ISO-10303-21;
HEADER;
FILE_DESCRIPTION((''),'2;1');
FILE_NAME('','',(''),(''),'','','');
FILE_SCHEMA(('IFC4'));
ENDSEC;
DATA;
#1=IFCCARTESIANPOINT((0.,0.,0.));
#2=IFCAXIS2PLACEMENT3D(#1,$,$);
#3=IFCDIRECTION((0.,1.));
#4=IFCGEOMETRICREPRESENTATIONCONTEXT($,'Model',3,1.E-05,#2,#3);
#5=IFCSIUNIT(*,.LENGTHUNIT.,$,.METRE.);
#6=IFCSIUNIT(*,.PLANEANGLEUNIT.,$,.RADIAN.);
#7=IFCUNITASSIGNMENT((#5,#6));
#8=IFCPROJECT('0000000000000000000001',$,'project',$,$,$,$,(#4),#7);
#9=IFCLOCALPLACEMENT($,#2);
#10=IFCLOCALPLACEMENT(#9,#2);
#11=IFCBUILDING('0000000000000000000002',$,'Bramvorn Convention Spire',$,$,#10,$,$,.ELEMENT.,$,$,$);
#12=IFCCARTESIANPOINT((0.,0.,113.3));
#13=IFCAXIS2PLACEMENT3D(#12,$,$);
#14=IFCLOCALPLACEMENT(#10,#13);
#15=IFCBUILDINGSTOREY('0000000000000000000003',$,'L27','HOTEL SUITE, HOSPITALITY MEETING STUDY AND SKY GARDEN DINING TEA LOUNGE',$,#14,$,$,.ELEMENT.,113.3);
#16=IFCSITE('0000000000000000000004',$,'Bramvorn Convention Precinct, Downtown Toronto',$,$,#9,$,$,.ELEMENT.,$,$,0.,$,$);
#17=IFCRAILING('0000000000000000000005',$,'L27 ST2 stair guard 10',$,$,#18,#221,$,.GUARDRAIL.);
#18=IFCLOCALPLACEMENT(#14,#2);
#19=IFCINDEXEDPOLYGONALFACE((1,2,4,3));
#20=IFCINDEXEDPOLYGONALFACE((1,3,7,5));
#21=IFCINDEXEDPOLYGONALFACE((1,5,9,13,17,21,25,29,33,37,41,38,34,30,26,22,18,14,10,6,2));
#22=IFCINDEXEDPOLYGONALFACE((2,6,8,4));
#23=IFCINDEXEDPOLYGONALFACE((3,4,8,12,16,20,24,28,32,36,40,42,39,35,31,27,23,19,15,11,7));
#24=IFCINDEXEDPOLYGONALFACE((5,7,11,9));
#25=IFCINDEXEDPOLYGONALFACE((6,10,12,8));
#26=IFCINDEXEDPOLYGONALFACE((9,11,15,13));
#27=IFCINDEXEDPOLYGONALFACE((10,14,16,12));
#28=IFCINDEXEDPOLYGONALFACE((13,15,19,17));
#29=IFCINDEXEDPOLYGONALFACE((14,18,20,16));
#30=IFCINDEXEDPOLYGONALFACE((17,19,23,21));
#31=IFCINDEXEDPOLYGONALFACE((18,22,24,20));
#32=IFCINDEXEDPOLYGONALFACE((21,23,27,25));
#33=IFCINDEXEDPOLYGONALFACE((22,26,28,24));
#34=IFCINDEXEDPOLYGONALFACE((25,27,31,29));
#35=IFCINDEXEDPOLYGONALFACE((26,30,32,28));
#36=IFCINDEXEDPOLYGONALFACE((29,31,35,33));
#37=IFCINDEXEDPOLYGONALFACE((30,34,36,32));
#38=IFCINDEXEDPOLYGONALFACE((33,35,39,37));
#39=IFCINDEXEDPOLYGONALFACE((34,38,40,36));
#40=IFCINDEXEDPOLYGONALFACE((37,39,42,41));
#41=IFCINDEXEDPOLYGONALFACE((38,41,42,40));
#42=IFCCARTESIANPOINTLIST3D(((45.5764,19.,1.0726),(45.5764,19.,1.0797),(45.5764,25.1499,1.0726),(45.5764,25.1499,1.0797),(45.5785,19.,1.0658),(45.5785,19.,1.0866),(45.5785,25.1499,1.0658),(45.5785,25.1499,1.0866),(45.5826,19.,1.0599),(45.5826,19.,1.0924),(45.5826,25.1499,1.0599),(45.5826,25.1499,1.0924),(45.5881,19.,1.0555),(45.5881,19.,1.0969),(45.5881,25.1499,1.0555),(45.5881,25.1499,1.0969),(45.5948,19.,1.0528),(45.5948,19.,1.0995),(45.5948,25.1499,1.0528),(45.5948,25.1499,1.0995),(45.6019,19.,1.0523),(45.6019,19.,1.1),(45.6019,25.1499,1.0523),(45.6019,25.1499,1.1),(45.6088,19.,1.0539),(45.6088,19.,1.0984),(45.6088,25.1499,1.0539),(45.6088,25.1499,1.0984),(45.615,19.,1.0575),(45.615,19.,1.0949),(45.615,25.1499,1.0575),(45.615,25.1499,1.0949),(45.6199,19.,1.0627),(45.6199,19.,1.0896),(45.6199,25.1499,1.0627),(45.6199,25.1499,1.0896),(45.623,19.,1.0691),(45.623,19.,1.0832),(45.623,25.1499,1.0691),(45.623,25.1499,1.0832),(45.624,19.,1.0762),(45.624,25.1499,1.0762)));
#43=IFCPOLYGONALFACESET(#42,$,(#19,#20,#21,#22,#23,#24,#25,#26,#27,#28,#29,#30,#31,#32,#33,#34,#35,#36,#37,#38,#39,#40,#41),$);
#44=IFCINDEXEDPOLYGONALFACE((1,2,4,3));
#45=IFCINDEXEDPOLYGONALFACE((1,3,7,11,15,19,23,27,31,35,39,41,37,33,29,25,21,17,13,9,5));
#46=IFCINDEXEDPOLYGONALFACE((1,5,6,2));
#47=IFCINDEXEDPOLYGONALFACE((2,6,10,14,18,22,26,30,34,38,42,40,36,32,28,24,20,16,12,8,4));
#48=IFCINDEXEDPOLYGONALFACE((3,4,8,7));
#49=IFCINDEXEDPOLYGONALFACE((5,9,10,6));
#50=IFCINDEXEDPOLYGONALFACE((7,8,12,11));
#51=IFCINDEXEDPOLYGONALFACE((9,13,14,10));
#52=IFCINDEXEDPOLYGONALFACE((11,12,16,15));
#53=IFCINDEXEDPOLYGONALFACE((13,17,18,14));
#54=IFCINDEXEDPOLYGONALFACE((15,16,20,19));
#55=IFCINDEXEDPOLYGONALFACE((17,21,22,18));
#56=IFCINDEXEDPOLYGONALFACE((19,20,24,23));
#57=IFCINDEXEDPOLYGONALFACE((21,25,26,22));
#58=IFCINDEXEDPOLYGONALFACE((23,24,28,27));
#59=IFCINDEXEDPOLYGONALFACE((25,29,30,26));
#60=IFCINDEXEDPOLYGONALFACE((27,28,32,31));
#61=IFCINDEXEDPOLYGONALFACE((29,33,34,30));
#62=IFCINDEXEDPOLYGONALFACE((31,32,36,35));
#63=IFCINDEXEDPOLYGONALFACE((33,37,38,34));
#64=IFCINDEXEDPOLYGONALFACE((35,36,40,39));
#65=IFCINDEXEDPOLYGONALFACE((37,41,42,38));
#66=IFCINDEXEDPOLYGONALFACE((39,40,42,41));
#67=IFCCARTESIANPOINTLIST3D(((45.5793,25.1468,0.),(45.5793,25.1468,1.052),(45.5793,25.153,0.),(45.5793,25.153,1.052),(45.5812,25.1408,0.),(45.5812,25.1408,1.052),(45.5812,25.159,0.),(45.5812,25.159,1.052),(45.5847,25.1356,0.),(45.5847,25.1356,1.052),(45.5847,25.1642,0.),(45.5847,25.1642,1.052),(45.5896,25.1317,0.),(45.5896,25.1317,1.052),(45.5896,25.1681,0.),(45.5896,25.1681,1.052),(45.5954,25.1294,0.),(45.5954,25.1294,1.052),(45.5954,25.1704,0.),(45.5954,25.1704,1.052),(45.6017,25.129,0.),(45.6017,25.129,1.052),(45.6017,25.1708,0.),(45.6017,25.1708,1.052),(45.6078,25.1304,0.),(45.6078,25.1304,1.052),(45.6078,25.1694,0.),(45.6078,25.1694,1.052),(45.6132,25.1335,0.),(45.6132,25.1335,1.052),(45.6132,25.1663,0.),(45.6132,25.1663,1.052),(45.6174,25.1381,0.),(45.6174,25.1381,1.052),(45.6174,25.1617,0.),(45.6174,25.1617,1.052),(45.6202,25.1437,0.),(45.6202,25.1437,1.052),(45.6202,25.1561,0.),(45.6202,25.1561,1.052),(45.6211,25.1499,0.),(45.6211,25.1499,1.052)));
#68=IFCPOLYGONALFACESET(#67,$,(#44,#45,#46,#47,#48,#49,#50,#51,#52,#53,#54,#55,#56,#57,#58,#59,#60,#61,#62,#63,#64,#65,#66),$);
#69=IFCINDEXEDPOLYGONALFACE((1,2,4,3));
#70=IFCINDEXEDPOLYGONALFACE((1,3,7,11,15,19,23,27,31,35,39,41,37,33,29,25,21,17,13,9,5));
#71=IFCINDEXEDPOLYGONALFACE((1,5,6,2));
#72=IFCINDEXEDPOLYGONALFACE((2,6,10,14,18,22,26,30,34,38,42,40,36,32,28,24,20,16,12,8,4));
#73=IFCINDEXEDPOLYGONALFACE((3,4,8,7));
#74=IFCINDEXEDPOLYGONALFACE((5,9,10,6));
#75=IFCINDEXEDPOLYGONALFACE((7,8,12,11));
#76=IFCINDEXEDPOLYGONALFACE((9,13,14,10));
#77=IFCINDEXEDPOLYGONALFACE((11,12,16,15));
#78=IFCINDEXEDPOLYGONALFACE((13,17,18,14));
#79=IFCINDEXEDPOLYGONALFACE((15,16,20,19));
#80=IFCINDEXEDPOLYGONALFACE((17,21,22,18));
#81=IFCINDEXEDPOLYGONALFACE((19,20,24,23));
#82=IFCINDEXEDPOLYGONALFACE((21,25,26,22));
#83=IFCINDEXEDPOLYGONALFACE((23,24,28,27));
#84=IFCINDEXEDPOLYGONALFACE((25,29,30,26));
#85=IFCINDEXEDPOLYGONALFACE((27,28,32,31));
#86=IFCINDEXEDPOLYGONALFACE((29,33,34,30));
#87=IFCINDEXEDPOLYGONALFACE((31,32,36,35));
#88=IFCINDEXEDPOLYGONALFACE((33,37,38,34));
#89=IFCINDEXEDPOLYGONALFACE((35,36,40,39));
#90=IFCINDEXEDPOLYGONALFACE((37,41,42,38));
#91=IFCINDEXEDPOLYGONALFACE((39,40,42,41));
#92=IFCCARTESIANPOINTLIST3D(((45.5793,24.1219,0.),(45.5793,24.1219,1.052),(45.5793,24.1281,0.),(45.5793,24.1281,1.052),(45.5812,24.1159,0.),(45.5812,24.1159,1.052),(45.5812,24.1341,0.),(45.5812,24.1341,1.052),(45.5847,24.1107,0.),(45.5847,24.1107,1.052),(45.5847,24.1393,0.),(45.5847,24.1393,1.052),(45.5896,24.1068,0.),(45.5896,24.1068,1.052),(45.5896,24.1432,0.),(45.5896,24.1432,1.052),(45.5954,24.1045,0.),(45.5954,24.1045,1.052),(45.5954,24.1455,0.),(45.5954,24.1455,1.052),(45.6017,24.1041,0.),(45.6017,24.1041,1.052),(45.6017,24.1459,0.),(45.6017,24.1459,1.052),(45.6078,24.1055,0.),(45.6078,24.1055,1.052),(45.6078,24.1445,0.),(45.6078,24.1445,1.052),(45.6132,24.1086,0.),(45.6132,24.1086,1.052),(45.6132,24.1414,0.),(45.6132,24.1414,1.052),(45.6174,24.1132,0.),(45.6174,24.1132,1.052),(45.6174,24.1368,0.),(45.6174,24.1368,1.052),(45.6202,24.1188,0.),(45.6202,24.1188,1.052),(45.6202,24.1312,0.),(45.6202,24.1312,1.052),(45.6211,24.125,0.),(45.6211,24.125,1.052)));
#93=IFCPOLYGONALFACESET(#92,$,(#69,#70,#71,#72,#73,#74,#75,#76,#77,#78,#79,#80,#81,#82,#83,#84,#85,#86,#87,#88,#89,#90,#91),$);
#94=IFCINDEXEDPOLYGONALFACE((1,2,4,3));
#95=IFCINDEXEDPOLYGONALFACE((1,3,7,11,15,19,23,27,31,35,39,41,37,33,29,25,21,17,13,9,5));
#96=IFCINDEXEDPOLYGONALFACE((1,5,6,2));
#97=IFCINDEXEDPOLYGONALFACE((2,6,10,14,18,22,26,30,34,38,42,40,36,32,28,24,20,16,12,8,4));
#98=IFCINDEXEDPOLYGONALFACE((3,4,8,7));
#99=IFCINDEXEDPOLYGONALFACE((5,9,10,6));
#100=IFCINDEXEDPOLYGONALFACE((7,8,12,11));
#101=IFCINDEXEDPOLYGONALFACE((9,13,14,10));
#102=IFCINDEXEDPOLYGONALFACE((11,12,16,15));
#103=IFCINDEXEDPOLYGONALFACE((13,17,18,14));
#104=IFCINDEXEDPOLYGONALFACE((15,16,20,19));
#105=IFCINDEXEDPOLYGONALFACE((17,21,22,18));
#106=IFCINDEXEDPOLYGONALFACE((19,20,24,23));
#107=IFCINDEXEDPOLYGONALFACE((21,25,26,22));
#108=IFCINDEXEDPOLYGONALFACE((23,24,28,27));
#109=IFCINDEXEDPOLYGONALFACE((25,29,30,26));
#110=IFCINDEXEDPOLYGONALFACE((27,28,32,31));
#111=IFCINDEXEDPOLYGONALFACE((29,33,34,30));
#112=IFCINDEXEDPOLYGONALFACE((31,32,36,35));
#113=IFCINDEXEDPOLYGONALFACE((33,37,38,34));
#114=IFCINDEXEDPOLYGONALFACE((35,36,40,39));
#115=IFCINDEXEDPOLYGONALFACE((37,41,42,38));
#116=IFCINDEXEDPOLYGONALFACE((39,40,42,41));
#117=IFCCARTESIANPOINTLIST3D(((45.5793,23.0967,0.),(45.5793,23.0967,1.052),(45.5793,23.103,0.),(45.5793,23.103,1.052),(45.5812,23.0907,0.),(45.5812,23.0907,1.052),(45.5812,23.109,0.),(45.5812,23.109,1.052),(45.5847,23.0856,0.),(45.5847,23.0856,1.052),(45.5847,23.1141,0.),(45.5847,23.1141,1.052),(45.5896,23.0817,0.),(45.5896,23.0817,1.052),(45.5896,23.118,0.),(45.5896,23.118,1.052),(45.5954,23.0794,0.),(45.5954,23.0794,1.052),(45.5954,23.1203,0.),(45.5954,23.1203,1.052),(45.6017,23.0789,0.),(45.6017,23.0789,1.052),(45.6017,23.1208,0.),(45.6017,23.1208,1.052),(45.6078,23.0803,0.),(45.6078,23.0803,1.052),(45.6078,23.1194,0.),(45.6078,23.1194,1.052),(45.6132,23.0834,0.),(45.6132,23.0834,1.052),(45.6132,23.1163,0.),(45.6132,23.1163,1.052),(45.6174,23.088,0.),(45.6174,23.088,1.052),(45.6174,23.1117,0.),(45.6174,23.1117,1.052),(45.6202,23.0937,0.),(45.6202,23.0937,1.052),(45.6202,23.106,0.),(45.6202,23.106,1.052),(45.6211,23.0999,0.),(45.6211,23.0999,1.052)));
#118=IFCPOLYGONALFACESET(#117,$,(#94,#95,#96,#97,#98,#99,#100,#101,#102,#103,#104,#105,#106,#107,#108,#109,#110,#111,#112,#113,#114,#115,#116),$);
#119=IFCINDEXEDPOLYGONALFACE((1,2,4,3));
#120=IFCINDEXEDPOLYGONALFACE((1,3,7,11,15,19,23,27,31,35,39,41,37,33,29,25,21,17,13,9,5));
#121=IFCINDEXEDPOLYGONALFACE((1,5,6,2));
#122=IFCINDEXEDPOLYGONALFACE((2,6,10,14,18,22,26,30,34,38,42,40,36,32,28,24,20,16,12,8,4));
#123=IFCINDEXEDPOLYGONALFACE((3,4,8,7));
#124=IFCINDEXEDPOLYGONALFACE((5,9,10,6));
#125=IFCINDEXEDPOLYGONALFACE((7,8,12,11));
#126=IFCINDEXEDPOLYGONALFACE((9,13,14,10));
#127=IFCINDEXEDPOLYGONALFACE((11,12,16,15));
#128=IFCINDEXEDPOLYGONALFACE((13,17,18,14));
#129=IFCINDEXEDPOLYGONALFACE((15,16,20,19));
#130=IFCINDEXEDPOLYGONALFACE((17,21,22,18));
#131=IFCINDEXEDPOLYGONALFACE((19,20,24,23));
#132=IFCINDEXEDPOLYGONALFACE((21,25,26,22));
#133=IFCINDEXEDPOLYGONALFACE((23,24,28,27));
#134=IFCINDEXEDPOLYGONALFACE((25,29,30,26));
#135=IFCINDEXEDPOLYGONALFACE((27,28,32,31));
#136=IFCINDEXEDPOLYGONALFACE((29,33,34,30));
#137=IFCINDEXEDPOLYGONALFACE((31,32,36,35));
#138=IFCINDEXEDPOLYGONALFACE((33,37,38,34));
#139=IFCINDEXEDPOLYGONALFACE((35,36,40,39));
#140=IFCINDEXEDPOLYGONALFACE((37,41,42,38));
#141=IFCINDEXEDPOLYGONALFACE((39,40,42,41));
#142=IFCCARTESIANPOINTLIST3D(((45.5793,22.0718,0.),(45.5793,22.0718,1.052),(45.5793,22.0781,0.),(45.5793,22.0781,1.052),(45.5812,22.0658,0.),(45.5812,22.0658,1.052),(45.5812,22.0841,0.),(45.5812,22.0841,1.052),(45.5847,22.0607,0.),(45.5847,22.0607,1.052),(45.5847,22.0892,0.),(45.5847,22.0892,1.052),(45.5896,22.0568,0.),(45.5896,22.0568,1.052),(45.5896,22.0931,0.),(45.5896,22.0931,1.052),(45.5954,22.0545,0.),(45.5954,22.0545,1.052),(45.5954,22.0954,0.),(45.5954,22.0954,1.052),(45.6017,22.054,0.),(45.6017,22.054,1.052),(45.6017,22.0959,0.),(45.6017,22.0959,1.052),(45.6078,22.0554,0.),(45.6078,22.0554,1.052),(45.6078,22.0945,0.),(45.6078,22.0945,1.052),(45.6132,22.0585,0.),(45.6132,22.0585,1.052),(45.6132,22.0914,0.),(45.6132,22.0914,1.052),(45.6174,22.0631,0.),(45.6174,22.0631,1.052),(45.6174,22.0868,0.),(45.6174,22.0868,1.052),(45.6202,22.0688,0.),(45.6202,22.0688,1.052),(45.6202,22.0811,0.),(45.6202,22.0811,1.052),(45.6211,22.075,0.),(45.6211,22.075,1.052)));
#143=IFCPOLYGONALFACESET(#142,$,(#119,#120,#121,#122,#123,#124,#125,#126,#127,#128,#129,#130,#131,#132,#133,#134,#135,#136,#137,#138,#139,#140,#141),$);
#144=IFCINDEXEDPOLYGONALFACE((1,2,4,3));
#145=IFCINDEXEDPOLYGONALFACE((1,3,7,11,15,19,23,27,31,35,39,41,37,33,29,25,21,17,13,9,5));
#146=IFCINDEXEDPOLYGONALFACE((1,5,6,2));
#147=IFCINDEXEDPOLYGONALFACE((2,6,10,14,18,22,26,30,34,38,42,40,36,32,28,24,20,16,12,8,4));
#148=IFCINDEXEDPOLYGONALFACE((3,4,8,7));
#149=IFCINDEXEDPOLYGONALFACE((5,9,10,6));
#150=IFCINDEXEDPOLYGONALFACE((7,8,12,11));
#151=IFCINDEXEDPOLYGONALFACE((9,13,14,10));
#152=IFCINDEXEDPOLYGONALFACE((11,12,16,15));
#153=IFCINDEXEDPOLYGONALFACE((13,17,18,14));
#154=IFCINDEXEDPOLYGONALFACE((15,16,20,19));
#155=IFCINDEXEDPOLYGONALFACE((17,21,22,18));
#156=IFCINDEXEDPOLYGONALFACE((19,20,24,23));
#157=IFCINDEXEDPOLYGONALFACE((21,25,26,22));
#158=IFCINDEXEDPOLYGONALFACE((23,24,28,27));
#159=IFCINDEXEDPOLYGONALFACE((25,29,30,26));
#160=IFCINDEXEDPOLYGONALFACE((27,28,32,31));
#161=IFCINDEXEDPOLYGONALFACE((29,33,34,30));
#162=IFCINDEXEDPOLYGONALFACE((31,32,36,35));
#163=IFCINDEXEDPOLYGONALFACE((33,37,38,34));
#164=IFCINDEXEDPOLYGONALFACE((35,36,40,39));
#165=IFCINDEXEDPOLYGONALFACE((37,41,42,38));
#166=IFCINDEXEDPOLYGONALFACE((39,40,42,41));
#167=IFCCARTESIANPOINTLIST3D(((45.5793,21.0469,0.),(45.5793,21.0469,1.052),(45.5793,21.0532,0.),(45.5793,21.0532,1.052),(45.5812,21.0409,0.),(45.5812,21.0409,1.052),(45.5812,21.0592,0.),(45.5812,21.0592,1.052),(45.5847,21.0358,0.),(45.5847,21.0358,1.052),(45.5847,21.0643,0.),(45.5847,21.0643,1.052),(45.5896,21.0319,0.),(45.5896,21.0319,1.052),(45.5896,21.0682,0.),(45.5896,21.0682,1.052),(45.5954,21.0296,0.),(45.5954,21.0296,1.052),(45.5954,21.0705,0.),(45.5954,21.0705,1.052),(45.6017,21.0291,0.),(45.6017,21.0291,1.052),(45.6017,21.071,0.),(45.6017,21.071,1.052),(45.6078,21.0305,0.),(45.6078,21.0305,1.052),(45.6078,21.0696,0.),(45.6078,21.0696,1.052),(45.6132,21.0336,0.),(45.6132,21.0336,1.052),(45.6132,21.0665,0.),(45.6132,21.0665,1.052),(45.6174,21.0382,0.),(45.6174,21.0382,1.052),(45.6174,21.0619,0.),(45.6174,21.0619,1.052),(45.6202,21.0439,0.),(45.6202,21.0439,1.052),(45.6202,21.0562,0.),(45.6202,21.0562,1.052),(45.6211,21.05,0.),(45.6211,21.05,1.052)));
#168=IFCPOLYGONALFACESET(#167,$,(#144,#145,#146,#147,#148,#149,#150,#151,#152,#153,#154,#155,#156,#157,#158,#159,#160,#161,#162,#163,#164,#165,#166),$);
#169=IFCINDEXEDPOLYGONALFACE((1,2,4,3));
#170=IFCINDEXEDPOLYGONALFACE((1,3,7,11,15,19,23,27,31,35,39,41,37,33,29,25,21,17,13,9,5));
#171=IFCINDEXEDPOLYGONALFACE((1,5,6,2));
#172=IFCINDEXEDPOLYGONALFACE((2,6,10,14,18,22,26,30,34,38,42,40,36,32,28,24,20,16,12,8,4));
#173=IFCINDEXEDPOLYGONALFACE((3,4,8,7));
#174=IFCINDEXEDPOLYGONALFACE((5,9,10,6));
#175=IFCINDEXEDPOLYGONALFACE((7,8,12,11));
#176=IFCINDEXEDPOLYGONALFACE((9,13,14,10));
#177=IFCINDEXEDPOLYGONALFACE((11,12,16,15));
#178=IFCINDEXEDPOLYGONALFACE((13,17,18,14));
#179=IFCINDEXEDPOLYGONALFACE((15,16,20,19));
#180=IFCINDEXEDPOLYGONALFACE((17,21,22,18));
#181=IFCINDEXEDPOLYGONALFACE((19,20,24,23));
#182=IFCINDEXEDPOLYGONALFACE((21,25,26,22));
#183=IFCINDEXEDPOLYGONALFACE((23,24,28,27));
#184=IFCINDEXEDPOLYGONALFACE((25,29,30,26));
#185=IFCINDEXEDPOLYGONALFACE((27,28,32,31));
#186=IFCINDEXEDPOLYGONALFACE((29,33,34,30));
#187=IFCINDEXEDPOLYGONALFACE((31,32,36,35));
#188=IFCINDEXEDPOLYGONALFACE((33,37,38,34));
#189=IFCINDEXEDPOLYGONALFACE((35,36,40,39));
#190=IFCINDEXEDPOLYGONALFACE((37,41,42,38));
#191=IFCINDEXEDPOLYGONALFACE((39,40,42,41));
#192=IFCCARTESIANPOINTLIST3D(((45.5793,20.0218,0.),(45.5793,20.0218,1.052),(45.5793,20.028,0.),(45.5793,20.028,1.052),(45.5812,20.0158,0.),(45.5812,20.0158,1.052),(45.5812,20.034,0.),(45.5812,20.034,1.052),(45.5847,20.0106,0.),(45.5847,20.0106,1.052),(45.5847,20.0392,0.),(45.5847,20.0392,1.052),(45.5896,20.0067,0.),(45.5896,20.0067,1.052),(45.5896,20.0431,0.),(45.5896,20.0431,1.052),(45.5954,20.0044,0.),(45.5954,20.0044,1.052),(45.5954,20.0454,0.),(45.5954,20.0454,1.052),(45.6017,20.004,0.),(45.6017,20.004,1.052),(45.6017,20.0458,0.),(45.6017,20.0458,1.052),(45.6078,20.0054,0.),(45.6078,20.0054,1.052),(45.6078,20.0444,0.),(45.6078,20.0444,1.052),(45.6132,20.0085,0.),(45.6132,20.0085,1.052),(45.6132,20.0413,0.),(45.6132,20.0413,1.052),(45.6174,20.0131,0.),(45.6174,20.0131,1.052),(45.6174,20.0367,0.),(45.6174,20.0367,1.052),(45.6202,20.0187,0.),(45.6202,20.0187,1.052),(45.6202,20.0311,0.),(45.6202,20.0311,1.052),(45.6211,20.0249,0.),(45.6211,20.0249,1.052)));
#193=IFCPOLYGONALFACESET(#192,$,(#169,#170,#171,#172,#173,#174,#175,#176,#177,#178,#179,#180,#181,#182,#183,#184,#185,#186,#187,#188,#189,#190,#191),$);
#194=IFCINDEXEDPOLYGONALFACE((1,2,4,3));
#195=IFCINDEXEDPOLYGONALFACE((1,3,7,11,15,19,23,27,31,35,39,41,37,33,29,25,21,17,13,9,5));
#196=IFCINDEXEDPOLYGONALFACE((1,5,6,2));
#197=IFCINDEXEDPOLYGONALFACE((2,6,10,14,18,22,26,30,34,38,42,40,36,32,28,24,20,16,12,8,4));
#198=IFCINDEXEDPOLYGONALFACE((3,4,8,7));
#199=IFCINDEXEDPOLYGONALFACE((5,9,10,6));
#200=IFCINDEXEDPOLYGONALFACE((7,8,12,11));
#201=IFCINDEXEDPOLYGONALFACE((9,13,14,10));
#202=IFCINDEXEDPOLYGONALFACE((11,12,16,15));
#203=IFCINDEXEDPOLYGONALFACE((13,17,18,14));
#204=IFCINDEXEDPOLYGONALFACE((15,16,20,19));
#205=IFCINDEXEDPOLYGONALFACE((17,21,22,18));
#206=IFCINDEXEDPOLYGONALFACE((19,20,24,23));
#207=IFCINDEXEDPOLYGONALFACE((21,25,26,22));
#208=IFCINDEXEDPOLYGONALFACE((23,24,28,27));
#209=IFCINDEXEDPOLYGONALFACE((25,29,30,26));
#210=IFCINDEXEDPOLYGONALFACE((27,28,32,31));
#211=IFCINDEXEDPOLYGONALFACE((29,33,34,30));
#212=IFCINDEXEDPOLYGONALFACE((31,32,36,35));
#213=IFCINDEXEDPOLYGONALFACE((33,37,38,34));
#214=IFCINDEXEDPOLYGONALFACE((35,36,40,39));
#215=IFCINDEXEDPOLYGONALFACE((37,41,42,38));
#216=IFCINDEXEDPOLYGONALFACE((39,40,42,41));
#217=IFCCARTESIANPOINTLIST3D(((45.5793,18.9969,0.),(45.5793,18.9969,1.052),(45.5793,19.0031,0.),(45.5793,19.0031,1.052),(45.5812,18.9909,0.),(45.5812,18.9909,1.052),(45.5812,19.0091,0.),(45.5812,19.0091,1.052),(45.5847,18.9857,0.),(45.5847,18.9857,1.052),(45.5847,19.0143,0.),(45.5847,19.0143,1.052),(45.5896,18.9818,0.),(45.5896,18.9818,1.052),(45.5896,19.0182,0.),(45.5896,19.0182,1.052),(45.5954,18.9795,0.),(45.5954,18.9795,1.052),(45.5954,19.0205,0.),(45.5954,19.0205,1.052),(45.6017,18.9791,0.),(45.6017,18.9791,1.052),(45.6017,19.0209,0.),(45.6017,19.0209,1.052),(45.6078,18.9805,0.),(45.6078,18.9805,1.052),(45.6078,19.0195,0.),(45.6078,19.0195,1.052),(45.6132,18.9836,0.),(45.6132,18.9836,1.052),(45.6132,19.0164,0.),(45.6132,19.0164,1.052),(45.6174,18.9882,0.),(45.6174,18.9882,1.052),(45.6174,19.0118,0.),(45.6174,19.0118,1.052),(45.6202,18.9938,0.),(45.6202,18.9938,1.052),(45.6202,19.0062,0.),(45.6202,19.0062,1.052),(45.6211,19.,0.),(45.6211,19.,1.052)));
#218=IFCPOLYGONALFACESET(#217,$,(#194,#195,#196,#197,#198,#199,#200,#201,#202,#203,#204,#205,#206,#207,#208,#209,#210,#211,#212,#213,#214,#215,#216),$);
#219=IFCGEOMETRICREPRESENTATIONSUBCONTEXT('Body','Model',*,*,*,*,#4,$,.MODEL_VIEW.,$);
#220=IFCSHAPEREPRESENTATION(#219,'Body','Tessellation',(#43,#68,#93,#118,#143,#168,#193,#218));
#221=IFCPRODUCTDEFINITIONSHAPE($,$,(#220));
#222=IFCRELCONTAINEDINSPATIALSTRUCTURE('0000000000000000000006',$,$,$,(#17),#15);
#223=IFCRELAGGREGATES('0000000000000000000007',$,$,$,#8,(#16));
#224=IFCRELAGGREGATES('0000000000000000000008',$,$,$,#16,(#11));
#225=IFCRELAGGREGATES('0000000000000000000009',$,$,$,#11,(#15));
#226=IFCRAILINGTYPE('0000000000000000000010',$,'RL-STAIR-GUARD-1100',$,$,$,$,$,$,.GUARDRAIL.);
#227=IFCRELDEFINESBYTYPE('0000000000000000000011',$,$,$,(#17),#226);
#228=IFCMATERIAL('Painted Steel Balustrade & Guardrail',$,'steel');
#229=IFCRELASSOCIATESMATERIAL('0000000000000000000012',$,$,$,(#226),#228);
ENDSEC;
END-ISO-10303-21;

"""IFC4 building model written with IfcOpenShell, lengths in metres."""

from ifc_helpers import new_model, si_unit, direction, frame, origin, origin_2d, place, context, subcontext, project, spatial, circle, extrude, material, type_object, element, save


model = new_model("IFC4")

# Units and contexts
model_context = context("Model", 3, precision=1e-05, world=origin(), true_north=direction((0.0, 1.0)))
body_context = subcontext(model_context, "Body", "Model", "MODEL_VIEW")
ifc_project = project(units=[si_unit("LENGTHUNIT", "METRE"), si_unit("PLANEANGLEUNIT", "RADIAN")], contexts=[model_context])

# Site, building, storey
site_placement = place(None, origin())
site = spatial("IfcSite", under=ifc_project, at=site_placement, Name="Bramvorn Convention Precinct, Downtown Toronto", CompositionType="ELEMENT", RefElevation=0.0)
building_placement = place(site_placement, origin())
building = spatial("IfcBuilding", under=site, at=building_placement, Name="Bramvorn Convention Spire", CompositionType="ELEMENT")
storey_placement = place(building_placement, frame((0.0, 0.0, 113.3)))
storey = spatial("IfcBuildingStorey", under=building, at=storey_placement, Name="L27", Description="HOTEL SUITE, HOSPITALITY MEETING STUDY AND SKY GARDEN DINING TEA LOUNGE", CompositionType="ELEMENT", Elevation=113.3)

# Railing
ifc_material_1 = material(Name="Painted Steel Balustrade & Guardrail", Category="steel")
railing_type_1 = type_object("IfcRailingType", Name="RL-STAIR-GUARD-1100", PredefinedType="GUARDRAIL", material=ifc_material_1)
railing_1_placement = place(storey_placement, frame((45.6001, 25.1499, 0.0)))
element("IfcRailing", 1, at=railing_1_placement, inside=storey, type_object=railing_type_1, Name="L27 ST2 stair guard 10", PredefinedType="GUARDRAIL", context=body_context, shape_type="SweptSolid", body=[
    extrude(circle(Radius=0.0239, at=origin_2d()), frame((0.0, 0.0, 1.0762), z_axis=(0.0, -1.0, 0.0), x_axis=(1.0, 0.0, 0.0)), (0.0, 0.0, 1.0), 6.1499),
    extrude(circle(Radius=0.021, at=origin_2d()), origin(), (0.0, 0.0, 1.0), 1.052),
    extrude(circle(Radius=0.021, at=origin_2d()), frame((0.0, -1.0249, 0.0)), (0.0, 0.0, 1.0), 1.052),
    extrude(circle(Radius=0.021, at=origin_2d()), frame((0.0, -2.05, 0.0)), (0.0, 0.0, 1.0), 1.052),
    extrude(circle(Radius=0.021, at=origin_2d()), frame((0.0, -3.075, 0.0)), (0.0, 0.0, 1.0), 1.052),
    extrude(circle(Radius=0.021, at=origin_2d()), frame((0.0, -4.0999, 0.0)), (0.0, 0.0, 1.0), 1.052),
    extrude(circle(Radius=0.021, at=origin_2d()), frame((0.0, -5.125, 0.0)), (0.0, 0.0, 1.0), 1.052),
    extrude(circle(Radius=0.021, at=origin_2d()), frame((0.0, -6.1499, 0.0)), (0.0, 0.0, 1.0), 1.052),
])

save(model, "model.ifc")
